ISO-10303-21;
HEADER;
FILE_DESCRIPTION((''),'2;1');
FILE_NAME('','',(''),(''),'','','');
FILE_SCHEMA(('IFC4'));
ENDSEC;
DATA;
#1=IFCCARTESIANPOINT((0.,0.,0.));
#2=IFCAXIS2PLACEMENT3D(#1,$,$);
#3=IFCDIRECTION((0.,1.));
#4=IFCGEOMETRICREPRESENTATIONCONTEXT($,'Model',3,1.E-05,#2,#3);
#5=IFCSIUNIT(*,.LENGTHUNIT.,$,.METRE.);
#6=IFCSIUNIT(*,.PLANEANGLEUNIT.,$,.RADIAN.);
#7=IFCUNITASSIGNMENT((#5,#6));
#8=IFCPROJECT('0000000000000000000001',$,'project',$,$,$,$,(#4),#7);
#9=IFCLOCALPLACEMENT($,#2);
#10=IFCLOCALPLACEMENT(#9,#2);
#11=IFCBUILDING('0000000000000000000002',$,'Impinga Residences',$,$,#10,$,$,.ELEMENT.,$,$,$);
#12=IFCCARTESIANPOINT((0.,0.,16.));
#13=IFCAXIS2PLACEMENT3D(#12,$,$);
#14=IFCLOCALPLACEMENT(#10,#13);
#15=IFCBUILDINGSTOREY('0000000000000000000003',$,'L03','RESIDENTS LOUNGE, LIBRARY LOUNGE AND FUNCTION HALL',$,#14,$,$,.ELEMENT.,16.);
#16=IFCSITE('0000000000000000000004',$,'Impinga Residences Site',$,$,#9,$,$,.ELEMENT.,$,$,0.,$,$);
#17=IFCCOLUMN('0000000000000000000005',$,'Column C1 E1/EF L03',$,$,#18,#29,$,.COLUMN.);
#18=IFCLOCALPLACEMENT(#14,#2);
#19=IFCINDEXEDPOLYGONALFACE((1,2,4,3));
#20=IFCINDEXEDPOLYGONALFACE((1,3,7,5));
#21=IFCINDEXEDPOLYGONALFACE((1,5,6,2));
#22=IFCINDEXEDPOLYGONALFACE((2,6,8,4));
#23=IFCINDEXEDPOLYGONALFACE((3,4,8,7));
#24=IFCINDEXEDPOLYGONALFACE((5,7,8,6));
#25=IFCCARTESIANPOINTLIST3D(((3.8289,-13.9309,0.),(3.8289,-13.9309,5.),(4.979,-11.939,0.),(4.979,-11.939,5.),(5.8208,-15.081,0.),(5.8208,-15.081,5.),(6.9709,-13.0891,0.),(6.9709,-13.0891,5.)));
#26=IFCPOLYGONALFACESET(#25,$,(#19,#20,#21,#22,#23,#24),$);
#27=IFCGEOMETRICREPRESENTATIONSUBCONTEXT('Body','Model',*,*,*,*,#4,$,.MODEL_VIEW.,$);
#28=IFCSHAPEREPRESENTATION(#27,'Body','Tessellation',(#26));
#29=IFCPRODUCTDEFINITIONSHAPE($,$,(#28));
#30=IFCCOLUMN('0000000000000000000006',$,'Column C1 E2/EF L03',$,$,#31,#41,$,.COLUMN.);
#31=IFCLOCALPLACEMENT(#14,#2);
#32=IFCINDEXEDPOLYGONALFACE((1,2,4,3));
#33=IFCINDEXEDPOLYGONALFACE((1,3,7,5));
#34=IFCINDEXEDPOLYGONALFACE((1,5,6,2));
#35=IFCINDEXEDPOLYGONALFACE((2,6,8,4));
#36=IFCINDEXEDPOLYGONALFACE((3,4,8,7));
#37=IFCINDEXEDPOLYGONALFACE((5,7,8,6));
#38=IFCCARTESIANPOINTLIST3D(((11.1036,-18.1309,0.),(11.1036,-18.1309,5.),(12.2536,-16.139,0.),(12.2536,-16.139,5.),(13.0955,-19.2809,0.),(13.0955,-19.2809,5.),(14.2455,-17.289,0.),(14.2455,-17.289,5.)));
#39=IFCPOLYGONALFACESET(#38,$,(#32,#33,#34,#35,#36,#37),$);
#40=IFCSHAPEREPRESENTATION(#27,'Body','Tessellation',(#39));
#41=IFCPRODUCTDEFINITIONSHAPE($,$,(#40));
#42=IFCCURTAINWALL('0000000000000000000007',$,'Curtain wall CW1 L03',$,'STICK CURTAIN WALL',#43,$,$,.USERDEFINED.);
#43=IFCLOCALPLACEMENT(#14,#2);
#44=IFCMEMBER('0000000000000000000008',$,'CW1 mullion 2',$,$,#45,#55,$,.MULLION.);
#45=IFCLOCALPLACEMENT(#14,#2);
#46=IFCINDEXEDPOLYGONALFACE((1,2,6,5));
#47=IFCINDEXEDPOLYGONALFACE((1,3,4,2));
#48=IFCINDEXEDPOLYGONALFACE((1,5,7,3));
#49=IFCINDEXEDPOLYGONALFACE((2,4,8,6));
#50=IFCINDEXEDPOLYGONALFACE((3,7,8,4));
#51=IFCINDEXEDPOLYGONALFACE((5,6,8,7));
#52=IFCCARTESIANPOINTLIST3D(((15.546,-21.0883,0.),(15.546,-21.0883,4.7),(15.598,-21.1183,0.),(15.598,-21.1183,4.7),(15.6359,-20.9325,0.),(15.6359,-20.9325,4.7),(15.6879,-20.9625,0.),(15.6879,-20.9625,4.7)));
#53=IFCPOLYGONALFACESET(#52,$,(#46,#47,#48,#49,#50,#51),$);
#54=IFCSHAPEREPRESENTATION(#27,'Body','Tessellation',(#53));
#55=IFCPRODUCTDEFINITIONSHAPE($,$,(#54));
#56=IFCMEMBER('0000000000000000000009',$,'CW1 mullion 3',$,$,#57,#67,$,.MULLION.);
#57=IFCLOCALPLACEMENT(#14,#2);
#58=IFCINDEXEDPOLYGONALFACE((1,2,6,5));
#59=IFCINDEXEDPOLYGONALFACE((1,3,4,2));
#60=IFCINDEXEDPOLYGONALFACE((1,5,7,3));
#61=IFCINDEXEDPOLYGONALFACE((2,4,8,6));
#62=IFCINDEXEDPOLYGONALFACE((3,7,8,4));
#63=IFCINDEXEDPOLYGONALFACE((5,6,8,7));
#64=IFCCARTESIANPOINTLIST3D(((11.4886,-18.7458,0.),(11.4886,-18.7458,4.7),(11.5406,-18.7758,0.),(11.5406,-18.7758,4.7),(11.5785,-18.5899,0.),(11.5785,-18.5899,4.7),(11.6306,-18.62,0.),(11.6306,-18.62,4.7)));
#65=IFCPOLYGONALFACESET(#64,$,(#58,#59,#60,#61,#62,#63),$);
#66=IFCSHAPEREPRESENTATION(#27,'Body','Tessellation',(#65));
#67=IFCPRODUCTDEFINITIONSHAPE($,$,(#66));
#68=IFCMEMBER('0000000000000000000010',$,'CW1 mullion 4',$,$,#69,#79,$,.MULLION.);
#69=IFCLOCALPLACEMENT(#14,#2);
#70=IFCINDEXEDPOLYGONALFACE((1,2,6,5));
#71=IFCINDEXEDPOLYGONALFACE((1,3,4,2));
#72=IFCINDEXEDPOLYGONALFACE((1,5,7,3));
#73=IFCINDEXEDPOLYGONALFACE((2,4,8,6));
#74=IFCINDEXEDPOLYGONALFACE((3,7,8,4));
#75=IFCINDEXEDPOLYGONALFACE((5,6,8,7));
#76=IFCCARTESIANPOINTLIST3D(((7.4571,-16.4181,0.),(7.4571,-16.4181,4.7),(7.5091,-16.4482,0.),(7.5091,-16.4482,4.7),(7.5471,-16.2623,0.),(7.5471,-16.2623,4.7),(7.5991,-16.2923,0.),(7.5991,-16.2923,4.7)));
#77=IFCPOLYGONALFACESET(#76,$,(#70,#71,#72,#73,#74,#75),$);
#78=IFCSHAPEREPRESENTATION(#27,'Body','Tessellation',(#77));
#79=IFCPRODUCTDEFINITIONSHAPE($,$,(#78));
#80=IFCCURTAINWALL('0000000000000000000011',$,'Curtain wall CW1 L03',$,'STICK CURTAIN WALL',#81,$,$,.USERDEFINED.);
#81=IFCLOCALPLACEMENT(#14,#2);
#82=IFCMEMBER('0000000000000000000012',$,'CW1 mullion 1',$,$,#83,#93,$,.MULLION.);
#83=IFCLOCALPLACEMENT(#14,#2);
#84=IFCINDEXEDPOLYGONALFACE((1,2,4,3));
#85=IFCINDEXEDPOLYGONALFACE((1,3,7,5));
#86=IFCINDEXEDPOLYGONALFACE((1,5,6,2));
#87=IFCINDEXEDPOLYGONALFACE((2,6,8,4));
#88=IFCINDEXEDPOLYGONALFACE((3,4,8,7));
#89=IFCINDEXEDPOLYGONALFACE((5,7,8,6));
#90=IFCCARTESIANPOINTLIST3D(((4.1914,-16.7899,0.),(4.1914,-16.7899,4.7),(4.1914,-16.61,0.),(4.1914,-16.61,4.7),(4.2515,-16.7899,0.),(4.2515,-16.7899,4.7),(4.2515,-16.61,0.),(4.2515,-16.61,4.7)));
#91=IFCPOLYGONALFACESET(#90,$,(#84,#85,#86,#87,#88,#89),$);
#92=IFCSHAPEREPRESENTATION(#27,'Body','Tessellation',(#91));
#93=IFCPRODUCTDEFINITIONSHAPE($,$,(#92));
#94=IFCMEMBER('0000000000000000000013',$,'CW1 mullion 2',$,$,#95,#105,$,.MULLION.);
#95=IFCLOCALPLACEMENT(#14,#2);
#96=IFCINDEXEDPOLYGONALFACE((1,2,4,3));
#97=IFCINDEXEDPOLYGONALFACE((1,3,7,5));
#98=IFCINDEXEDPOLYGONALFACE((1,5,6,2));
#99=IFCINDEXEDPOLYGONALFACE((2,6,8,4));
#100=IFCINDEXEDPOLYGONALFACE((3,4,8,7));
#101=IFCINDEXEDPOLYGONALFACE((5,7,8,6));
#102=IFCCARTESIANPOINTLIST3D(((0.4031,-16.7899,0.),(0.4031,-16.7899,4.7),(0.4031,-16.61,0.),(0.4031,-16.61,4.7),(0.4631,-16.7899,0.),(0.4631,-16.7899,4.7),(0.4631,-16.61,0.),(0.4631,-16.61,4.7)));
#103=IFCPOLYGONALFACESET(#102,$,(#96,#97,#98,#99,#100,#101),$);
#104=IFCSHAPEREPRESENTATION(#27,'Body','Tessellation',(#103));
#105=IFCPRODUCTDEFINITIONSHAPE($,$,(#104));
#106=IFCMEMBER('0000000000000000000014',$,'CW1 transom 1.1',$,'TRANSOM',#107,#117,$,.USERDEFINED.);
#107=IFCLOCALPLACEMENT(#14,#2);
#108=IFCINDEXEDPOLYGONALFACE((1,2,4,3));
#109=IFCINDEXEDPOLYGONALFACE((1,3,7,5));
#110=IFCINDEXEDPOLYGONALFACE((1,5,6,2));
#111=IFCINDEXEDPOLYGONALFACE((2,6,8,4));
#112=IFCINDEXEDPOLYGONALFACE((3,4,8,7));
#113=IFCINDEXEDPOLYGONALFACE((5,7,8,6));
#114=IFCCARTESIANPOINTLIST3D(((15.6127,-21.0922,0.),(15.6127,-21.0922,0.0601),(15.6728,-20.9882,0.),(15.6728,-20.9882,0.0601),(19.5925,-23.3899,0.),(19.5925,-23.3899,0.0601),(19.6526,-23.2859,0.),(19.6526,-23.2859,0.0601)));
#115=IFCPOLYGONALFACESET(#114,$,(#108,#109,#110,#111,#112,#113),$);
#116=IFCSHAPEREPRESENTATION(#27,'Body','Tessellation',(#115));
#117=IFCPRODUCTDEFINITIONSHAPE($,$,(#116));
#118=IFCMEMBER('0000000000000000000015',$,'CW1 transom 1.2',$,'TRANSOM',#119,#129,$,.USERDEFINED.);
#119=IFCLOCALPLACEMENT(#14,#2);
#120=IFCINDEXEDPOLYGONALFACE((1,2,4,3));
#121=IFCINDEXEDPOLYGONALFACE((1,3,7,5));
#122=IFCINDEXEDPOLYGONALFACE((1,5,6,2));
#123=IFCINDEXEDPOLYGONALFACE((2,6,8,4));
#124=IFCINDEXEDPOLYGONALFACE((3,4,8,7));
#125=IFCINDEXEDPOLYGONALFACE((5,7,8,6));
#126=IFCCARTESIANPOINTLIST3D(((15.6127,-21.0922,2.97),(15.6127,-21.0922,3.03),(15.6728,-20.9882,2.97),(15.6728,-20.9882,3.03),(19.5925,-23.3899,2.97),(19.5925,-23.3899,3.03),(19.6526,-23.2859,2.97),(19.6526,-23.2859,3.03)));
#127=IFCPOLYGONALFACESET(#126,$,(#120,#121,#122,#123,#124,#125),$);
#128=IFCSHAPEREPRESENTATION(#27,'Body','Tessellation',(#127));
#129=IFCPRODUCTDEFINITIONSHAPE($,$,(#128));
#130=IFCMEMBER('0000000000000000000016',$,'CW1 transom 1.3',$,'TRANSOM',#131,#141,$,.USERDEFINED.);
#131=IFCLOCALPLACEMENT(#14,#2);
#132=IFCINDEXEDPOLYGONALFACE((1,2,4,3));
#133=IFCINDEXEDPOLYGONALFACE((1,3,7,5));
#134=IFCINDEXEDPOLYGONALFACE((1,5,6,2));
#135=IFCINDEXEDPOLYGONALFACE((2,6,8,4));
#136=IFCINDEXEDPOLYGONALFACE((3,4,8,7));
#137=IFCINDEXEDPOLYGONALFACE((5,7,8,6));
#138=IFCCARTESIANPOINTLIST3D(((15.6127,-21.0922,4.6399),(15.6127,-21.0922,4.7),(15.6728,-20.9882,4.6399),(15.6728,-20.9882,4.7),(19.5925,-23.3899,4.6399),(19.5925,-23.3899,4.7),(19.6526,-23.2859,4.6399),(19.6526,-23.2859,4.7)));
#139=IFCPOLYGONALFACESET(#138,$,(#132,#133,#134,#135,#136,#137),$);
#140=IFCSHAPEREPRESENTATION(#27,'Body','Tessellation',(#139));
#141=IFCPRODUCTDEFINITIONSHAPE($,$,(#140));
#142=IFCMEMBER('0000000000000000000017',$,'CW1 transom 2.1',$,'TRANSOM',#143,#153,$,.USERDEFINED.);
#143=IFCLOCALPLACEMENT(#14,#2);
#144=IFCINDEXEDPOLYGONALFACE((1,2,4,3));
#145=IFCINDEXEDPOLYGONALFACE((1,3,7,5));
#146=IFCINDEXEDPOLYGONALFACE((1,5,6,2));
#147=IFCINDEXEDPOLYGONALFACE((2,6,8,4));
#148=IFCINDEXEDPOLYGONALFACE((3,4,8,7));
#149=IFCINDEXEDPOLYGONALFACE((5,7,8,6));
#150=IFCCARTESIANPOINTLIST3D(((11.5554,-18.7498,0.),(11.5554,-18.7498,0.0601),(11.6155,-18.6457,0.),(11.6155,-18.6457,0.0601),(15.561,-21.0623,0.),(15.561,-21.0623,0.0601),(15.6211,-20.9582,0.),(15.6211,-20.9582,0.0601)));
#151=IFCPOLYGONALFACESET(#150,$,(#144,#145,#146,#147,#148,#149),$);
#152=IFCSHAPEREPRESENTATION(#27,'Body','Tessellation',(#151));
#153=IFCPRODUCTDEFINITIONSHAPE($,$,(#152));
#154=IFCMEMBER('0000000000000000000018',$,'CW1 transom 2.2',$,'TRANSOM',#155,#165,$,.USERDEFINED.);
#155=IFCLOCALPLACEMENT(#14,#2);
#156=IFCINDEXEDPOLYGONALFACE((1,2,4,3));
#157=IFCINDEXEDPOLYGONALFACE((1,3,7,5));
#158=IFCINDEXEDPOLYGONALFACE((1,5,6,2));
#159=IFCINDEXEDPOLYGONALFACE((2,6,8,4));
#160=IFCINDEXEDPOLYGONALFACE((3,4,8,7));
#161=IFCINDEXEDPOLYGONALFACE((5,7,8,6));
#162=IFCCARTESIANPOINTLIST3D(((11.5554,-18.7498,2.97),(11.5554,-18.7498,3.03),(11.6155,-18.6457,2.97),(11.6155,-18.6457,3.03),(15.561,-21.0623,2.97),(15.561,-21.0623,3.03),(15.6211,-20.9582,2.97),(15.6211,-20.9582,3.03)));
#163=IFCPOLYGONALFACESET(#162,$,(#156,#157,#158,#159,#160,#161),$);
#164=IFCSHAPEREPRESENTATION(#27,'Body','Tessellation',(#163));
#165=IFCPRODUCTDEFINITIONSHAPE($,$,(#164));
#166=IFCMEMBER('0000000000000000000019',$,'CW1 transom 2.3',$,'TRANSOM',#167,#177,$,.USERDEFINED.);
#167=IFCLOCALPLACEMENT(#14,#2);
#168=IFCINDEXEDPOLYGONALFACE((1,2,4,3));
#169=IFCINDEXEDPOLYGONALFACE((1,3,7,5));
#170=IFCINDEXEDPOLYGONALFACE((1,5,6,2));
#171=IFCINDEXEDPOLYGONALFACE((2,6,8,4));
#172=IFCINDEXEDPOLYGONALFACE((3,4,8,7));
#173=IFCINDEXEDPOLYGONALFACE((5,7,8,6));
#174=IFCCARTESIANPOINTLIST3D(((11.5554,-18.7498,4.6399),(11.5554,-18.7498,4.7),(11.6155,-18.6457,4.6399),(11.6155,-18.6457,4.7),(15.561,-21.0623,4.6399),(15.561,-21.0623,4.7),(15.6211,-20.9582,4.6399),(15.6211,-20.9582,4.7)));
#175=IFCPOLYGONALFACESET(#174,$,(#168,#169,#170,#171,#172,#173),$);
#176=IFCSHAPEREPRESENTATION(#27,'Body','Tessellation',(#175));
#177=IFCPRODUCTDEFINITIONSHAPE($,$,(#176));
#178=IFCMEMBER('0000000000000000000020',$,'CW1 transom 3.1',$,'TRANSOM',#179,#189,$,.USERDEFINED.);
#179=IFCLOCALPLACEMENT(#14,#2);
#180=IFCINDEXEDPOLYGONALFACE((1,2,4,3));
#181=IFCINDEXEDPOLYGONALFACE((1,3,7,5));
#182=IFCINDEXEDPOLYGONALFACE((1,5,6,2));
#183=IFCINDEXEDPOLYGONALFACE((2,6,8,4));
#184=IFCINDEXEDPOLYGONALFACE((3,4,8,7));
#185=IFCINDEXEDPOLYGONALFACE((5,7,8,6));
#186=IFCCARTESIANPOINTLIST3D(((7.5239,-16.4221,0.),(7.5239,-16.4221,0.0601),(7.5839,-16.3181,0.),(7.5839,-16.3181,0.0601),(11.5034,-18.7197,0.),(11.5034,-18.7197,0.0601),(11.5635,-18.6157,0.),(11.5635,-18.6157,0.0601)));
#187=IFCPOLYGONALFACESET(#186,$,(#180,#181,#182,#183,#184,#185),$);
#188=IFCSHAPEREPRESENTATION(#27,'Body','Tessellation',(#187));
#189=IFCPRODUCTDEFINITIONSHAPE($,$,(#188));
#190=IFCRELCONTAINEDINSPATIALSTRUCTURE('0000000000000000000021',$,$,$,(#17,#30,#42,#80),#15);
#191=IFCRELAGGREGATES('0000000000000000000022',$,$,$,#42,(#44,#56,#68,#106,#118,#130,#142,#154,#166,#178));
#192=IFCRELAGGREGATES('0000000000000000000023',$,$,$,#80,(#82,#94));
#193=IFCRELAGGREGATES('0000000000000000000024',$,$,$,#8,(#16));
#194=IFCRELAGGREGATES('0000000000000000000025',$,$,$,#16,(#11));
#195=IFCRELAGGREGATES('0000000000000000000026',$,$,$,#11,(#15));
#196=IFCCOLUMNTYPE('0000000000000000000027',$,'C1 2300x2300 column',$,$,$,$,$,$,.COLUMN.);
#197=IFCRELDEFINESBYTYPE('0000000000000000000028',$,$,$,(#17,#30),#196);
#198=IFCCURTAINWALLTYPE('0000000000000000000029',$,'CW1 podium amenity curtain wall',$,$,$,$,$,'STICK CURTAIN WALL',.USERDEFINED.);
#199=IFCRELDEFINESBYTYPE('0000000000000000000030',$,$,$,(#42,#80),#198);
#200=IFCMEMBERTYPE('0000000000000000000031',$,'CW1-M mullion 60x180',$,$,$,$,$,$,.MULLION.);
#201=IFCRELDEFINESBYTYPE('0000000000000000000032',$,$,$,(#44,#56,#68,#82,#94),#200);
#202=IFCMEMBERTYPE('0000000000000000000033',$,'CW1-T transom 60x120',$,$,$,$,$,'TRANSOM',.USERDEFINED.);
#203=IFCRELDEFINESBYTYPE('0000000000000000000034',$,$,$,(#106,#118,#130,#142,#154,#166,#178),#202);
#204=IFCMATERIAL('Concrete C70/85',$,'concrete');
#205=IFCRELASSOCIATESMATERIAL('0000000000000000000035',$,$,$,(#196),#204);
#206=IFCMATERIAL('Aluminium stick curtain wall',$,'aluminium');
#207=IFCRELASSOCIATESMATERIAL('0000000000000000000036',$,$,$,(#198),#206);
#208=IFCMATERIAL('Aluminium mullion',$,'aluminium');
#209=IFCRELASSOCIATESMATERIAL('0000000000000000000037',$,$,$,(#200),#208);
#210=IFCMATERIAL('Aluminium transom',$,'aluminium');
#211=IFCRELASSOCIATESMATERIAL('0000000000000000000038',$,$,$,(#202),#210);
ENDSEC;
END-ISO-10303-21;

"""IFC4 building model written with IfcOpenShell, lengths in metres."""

from ifc_helpers import new_model, si_unit, direction, frame, origin, origin_2d, place, context, subcontext, project, spatial, rectangle, extrude, material, material_profile, profile_set, type_object, element, aggregate, save


model = new_model("IFC4")

# Units and contexts
model_context = context("Model", 3, precision=1e-05, world=origin(), true_north=direction((0.0, 1.0)))
body_context = subcontext(model_context, "Body", "Model", "MODEL_VIEW")
ifc_project = project(units=[si_unit("LENGTHUNIT", "METRE"), si_unit("PLANEANGLEUNIT", "RADIAN")], contexts=[model_context])

# Site, building, storey
site_placement = place(None, origin())
site = spatial("IfcSite", under=ifc_project, at=site_placement, Name="Impinga Residences Site", CompositionType="ELEMENT", RefElevation=0.0)
building_placement = place(site_placement, origin())
building = spatial("IfcBuilding", under=site, at=building_placement, Name="Impinga Residences", CompositionType="ELEMENT")
storey_placement = place(building_placement, frame((0.0, 0.0, 16.0)))
storey = spatial("IfcBuildingStorey", under=building, at=storey_placement, Name="L03", Description="RESIDENTS LOUNGE, LIBRARY LOUNGE AND FUNCTION HALL", CompositionType="ELEMENT", Elevation=16.0)

# Columns
ifc_material_1 = material(Name="Concrete C70/85", Category="concrete")
ifc_material_profile_1 = material_profile(ifc_material_1, rectangle(XDim=2.3, YDim=2.3, at=origin_2d()), Name="RC 2300x2300")
ifc_profile_set_1 = profile_set([ifc_material_profile_1], Name="Concrete C70/85")
column_type = type_object("IfcColumnType", Name="C1 2300x2300 column", PredefinedType="COLUMN", material=ifc_profile_set_1)
for number, where, z_axis, x_axis, name in (
    (1, (5.3999, -13.51, 0.0), (0.0, 0.0, 1.0), (-0.5, -0.866025, 0.0), "Column C1 E1/EF L03"),
    (2, (12.6746, -17.71, 0.0), (0.0, 0.0, 1.0), (-0.5, -0.866025, 0.0), "Column C1 E2/EF L03"),
):
    element("IfcColumn", number, at=place(storey_placement, frame(where, z_axis=z_axis, x_axis=x_axis)), inside=storey, type_object=column_type, Name=name, PredefinedType="COLUMN", context=body_context, shape_type="SweptSolid", body=[
        extrude(rectangle(XDim=2.3, YDim=2.3, at=origin_2d()), origin(), (0.0, 0.0, 1.0), 5.0),
    ])

# Curtain walls, members
ifc_material_2 = material(Name="Aluminium stick curtain wall", Category="aluminium")
curtain_wall_type = type_object("IfcCurtainWallType", Name="CW1 podium amenity curtain wall", ElementType="STICK CURTAIN WALL", PredefinedType="USERDEFINED", material=ifc_material_2)
curtain_wall_1_placement = place(storey_placement, origin())
curtain_wall_1 = element("IfcCurtainWall", 3, at=curtain_wall_1_placement, inside=storey, type_object=curtain_wall_type, Name="Curtain wall CW1 L03", ObjectType="STICK CURTAIN WALL", PredefinedType="USERDEFINED")
ifc_material_3 = material(Name="Aluminium mullion", Category="aluminium")
ifc_material_profile_2 = material_profile(ifc_material_3, rectangle(XDim=0.0601, YDim=0.1799, at=origin_2d()), Name="60x180 mullion")
ifc_profile_set_2 = profile_set([ifc_material_profile_2], Name="Aluminium mullion")
member_type_1 = type_object("IfcMemberType", Name="CW1-M mullion 60x180", PredefinedType="MULLION", material=ifc_profile_set_2)
member_1_placement = place(storey_placement, frame((15.6169, -21.0254, 0.0), z_axis=(0.0, 0.0, 1.0), x_axis=(-0.866025, 0.5, 0.0)))
member_1 = element("IfcMember", 4, at=member_1_placement, type_object=member_type_1, Name="CW1 mullion 2", PredefinedType="MULLION", context=body_context, shape_type="SweptSolid", body=[
    extrude(rectangle(XDim=0.0601, YDim=0.1799, at=origin_2d()), origin(), (0.0, 0.0, 1.0), 4.7),
])
member_2_placement = place(storey_placement, frame((11.5596, -18.6829, 0.0), z_axis=(0.0, 0.0, 1.0), x_axis=(-0.866025, 0.5, 0.0)))
member_2 = element("IfcMember", 5, at=member_2_placement, type_object=member_type_1, Name="CW1 mullion 3", PredefinedType="MULLION", context=body_context, shape_type="SweptSolid", body=[
    extrude(rectangle(XDim=0.0601, YDim=0.1799, at=origin_2d()), origin(), (0.0, 0.0, 1.0), 4.7),
])
member_3_placement = place(storey_placement, frame((7.5281, -16.3552, 0.0), z_axis=(0.0, 0.0, 1.0), x_axis=(-0.866025, 0.5, 0.0)))
member_3 = element("IfcMember", 6, at=member_3_placement, type_object=member_type_1, Name="CW1 mullion 4", PredefinedType="MULLION", context=body_context, shape_type="SweptSolid", body=[
    extrude(rectangle(XDim=0.0601, YDim=0.1799, at=origin_2d()), origin(), (0.0, 0.0, 1.0), 4.7),
])
curtain_wall_2_placement = place(storey_placement, origin())
curtain_wall_2 = element("IfcCurtainWall", 7, at=curtain_wall_2_placement, inside=storey, type_object=curtain_wall_type, Name="Curtain wall CW1 L03", ObjectType="STICK CURTAIN WALL", PredefinedType="USERDEFINED")
member_4_placement = place(storey_placement, frame((4.2214, -16.7, 0.0), z_axis=(0.0, 0.0, 1.0), x_axis=(-1.0, 0.0, 0.0)))
member_4 = element("IfcMember", 8, at=member_4_placement, type_object=member_type_1, Name="CW1 mullion 1", PredefinedType="MULLION", context=body_context, shape_type="SweptSolid", body=[
    extrude(rectangle(XDim=0.0601, YDim=0.1799, at=origin_2d()), origin(), (0.0, 0.0, 1.0), 4.7),
])
member_5_placement = place(storey_placement, frame((0.4331, -16.7, 0.0), z_axis=(0.0, 0.0, 1.0), x_axis=(-1.0, 0.0, 0.0)))
member_5 = element("IfcMember", 9, at=member_5_placement, type_object=member_type_1, Name="CW1 mullion 2", PredefinedType="MULLION", context=body_context, shape_type="SweptSolid", body=[
    extrude(rectangle(XDim=0.0601, YDim=0.1799, at=origin_2d()), origin(), (0.0, 0.0, 1.0), 4.7),
])

# Members
ifc_material_4 = material(Name="Aluminium transom", Category="aluminium")
ifc_material_profile_3 = material_profile(ifc_material_4, rectangle(XDim=0.0601, YDim=0.1201, at=origin_2d()), Name="60x120 transom")
ifc_profile_set_3 = profile_set([ifc_material_profile_3], Name="Aluminium transom")
member_type_2 = type_object("IfcMemberType", Name="CW1-T transom 60x120", ElementType="TRANSOM", PredefinedType="USERDEFINED", material=ifc_profile_set_3)
member_6_placement = place(storey_placement, frame((19.6226, -23.3379, 0.03), z_axis=(-0.866034, 0.499985, 0.0), x_axis=(0.0, 0.0, 1.0)))
member_6 = element("IfcMember", 10, at=member_6_placement, type_object=member_type_2, Name="CW1 transom 1.1", ObjectType="TRANSOM", PredefinedType="USERDEFINED", context=body_context, shape_type="SweptSolid", body=[
    extrude(rectangle(XDim=0.0601, YDim=0.1201, at=origin_2d()), origin(), (0.0, 0.0, 1.0), 4.5955),
])
member_7_placement = place(storey_placement, frame((19.6226, -23.3379, 3.0), z_axis=(-0.866034, 0.499985, 0.0), x_axis=(0.0, 0.0, 1.0)))
member_7 = element("IfcMember", 11, at=member_7_placement, type_object=member_type_2, Name="CW1 transom 1.2", ObjectType="TRANSOM", PredefinedType="USERDEFINED", context=body_context, shape_type="SweptSolid", body=[
    extrude(rectangle(XDim=0.0601, YDim=0.1201, at=origin_2d()), origin(), (0.0, 0.0, 1.0), 4.5955),
])
member_8_placement = place(storey_placement, frame((19.6226, -23.3379, 4.6699), z_axis=(-0.866034, 0.499985, 0.0), x_axis=(0.0, 0.0, 1.0)))
member_8 = element("IfcMember", 12, at=member_8_placement, type_object=member_type_2, Name="CW1 transom 1.3", ObjectType="TRANSOM", PredefinedType="USERDEFINED", context=body_context, shape_type="SweptSolid", body=[
    extrude(rectangle(XDim=0.0601, YDim=0.1201, at=origin_2d()), origin(), (0.0, 0.0, 1.0), 4.5955),
])
member_9_placement = place(storey_placement, frame((15.5911, -21.0103, 0.03), z_axis=(-0.866039, 0.499977, 0.0), x_axis=(0.0, 0.0, 1.0)))
member_9 = element("IfcMember", 13, at=member_9_placement, type_object=member_type_2, Name="CW1 transom 2.1", ObjectType="TRANSOM", PredefinedType="USERDEFINED", context=body_context, shape_type="SweptSolid", body=[
    extrude(rectangle(XDim=0.0601, YDim=0.1201, at=origin_2d()), origin(), (0.0, 0.0, 1.0), 4.6252),
])
member_10_placement = place(storey_placement, frame((15.5911, -21.0103, 3.0), z_axis=(-0.866039, 0.499977, 0.0), x_axis=(0.0, 0.0, 1.0)))
member_10 = element("IfcMember", 14, at=member_10_placement, type_object=member_type_2, Name="CW1 transom 2.2", ObjectType="TRANSOM", PredefinedType="USERDEFINED", context=body_context, shape_type="SweptSolid", body=[
    extrude(rectangle(XDim=0.0601, YDim=0.1201, at=origin_2d()), origin(), (0.0, 0.0, 1.0), 4.6252),
])
member_11_placement = place(storey_placement, frame((15.5911, -21.0103, 4.6699), z_axis=(-0.866039, 0.499977, 0.0), x_axis=(0.0, 0.0, 1.0)))
member_11 = element("IfcMember", 15, at=member_11_placement, type_object=member_type_2, Name="CW1 transom 2.3", ObjectType="TRANSOM", PredefinedType="USERDEFINED", context=body_context, shape_type="SweptSolid", body=[
    extrude(rectangle(XDim=0.0601, YDim=0.1201, at=origin_2d()), origin(), (0.0, 0.0, 1.0), 4.6252),
])
member_12_placement = place(storey_placement, frame((11.5334, -18.6677, 0.03), z_axis=(-0.866021, 0.500008, 0.0), x_axis=(0.0, 0.0, 1.0)))
member_12 = element("IfcMember", 16, at=member_12_placement, type_object=member_type_2, Name="CW1 transom 3.1", ObjectType="TRANSOM", PredefinedType="USERDEFINED", context=body_context, shape_type="SweptSolid", body=[
    extrude(rectangle(XDim=0.0601, YDim=0.1201, at=origin_2d()), origin(), (0.0, 0.0, 1.0), 4.5952),
])

aggregate(curtain_wall_1, [member_1, member_2, member_3, member_6, member_7, member_8, member_9, member_10, member_11, member_12])
aggregate(curtain_wall_2, [member_4, member_5])

save(model, "model.ifc")
